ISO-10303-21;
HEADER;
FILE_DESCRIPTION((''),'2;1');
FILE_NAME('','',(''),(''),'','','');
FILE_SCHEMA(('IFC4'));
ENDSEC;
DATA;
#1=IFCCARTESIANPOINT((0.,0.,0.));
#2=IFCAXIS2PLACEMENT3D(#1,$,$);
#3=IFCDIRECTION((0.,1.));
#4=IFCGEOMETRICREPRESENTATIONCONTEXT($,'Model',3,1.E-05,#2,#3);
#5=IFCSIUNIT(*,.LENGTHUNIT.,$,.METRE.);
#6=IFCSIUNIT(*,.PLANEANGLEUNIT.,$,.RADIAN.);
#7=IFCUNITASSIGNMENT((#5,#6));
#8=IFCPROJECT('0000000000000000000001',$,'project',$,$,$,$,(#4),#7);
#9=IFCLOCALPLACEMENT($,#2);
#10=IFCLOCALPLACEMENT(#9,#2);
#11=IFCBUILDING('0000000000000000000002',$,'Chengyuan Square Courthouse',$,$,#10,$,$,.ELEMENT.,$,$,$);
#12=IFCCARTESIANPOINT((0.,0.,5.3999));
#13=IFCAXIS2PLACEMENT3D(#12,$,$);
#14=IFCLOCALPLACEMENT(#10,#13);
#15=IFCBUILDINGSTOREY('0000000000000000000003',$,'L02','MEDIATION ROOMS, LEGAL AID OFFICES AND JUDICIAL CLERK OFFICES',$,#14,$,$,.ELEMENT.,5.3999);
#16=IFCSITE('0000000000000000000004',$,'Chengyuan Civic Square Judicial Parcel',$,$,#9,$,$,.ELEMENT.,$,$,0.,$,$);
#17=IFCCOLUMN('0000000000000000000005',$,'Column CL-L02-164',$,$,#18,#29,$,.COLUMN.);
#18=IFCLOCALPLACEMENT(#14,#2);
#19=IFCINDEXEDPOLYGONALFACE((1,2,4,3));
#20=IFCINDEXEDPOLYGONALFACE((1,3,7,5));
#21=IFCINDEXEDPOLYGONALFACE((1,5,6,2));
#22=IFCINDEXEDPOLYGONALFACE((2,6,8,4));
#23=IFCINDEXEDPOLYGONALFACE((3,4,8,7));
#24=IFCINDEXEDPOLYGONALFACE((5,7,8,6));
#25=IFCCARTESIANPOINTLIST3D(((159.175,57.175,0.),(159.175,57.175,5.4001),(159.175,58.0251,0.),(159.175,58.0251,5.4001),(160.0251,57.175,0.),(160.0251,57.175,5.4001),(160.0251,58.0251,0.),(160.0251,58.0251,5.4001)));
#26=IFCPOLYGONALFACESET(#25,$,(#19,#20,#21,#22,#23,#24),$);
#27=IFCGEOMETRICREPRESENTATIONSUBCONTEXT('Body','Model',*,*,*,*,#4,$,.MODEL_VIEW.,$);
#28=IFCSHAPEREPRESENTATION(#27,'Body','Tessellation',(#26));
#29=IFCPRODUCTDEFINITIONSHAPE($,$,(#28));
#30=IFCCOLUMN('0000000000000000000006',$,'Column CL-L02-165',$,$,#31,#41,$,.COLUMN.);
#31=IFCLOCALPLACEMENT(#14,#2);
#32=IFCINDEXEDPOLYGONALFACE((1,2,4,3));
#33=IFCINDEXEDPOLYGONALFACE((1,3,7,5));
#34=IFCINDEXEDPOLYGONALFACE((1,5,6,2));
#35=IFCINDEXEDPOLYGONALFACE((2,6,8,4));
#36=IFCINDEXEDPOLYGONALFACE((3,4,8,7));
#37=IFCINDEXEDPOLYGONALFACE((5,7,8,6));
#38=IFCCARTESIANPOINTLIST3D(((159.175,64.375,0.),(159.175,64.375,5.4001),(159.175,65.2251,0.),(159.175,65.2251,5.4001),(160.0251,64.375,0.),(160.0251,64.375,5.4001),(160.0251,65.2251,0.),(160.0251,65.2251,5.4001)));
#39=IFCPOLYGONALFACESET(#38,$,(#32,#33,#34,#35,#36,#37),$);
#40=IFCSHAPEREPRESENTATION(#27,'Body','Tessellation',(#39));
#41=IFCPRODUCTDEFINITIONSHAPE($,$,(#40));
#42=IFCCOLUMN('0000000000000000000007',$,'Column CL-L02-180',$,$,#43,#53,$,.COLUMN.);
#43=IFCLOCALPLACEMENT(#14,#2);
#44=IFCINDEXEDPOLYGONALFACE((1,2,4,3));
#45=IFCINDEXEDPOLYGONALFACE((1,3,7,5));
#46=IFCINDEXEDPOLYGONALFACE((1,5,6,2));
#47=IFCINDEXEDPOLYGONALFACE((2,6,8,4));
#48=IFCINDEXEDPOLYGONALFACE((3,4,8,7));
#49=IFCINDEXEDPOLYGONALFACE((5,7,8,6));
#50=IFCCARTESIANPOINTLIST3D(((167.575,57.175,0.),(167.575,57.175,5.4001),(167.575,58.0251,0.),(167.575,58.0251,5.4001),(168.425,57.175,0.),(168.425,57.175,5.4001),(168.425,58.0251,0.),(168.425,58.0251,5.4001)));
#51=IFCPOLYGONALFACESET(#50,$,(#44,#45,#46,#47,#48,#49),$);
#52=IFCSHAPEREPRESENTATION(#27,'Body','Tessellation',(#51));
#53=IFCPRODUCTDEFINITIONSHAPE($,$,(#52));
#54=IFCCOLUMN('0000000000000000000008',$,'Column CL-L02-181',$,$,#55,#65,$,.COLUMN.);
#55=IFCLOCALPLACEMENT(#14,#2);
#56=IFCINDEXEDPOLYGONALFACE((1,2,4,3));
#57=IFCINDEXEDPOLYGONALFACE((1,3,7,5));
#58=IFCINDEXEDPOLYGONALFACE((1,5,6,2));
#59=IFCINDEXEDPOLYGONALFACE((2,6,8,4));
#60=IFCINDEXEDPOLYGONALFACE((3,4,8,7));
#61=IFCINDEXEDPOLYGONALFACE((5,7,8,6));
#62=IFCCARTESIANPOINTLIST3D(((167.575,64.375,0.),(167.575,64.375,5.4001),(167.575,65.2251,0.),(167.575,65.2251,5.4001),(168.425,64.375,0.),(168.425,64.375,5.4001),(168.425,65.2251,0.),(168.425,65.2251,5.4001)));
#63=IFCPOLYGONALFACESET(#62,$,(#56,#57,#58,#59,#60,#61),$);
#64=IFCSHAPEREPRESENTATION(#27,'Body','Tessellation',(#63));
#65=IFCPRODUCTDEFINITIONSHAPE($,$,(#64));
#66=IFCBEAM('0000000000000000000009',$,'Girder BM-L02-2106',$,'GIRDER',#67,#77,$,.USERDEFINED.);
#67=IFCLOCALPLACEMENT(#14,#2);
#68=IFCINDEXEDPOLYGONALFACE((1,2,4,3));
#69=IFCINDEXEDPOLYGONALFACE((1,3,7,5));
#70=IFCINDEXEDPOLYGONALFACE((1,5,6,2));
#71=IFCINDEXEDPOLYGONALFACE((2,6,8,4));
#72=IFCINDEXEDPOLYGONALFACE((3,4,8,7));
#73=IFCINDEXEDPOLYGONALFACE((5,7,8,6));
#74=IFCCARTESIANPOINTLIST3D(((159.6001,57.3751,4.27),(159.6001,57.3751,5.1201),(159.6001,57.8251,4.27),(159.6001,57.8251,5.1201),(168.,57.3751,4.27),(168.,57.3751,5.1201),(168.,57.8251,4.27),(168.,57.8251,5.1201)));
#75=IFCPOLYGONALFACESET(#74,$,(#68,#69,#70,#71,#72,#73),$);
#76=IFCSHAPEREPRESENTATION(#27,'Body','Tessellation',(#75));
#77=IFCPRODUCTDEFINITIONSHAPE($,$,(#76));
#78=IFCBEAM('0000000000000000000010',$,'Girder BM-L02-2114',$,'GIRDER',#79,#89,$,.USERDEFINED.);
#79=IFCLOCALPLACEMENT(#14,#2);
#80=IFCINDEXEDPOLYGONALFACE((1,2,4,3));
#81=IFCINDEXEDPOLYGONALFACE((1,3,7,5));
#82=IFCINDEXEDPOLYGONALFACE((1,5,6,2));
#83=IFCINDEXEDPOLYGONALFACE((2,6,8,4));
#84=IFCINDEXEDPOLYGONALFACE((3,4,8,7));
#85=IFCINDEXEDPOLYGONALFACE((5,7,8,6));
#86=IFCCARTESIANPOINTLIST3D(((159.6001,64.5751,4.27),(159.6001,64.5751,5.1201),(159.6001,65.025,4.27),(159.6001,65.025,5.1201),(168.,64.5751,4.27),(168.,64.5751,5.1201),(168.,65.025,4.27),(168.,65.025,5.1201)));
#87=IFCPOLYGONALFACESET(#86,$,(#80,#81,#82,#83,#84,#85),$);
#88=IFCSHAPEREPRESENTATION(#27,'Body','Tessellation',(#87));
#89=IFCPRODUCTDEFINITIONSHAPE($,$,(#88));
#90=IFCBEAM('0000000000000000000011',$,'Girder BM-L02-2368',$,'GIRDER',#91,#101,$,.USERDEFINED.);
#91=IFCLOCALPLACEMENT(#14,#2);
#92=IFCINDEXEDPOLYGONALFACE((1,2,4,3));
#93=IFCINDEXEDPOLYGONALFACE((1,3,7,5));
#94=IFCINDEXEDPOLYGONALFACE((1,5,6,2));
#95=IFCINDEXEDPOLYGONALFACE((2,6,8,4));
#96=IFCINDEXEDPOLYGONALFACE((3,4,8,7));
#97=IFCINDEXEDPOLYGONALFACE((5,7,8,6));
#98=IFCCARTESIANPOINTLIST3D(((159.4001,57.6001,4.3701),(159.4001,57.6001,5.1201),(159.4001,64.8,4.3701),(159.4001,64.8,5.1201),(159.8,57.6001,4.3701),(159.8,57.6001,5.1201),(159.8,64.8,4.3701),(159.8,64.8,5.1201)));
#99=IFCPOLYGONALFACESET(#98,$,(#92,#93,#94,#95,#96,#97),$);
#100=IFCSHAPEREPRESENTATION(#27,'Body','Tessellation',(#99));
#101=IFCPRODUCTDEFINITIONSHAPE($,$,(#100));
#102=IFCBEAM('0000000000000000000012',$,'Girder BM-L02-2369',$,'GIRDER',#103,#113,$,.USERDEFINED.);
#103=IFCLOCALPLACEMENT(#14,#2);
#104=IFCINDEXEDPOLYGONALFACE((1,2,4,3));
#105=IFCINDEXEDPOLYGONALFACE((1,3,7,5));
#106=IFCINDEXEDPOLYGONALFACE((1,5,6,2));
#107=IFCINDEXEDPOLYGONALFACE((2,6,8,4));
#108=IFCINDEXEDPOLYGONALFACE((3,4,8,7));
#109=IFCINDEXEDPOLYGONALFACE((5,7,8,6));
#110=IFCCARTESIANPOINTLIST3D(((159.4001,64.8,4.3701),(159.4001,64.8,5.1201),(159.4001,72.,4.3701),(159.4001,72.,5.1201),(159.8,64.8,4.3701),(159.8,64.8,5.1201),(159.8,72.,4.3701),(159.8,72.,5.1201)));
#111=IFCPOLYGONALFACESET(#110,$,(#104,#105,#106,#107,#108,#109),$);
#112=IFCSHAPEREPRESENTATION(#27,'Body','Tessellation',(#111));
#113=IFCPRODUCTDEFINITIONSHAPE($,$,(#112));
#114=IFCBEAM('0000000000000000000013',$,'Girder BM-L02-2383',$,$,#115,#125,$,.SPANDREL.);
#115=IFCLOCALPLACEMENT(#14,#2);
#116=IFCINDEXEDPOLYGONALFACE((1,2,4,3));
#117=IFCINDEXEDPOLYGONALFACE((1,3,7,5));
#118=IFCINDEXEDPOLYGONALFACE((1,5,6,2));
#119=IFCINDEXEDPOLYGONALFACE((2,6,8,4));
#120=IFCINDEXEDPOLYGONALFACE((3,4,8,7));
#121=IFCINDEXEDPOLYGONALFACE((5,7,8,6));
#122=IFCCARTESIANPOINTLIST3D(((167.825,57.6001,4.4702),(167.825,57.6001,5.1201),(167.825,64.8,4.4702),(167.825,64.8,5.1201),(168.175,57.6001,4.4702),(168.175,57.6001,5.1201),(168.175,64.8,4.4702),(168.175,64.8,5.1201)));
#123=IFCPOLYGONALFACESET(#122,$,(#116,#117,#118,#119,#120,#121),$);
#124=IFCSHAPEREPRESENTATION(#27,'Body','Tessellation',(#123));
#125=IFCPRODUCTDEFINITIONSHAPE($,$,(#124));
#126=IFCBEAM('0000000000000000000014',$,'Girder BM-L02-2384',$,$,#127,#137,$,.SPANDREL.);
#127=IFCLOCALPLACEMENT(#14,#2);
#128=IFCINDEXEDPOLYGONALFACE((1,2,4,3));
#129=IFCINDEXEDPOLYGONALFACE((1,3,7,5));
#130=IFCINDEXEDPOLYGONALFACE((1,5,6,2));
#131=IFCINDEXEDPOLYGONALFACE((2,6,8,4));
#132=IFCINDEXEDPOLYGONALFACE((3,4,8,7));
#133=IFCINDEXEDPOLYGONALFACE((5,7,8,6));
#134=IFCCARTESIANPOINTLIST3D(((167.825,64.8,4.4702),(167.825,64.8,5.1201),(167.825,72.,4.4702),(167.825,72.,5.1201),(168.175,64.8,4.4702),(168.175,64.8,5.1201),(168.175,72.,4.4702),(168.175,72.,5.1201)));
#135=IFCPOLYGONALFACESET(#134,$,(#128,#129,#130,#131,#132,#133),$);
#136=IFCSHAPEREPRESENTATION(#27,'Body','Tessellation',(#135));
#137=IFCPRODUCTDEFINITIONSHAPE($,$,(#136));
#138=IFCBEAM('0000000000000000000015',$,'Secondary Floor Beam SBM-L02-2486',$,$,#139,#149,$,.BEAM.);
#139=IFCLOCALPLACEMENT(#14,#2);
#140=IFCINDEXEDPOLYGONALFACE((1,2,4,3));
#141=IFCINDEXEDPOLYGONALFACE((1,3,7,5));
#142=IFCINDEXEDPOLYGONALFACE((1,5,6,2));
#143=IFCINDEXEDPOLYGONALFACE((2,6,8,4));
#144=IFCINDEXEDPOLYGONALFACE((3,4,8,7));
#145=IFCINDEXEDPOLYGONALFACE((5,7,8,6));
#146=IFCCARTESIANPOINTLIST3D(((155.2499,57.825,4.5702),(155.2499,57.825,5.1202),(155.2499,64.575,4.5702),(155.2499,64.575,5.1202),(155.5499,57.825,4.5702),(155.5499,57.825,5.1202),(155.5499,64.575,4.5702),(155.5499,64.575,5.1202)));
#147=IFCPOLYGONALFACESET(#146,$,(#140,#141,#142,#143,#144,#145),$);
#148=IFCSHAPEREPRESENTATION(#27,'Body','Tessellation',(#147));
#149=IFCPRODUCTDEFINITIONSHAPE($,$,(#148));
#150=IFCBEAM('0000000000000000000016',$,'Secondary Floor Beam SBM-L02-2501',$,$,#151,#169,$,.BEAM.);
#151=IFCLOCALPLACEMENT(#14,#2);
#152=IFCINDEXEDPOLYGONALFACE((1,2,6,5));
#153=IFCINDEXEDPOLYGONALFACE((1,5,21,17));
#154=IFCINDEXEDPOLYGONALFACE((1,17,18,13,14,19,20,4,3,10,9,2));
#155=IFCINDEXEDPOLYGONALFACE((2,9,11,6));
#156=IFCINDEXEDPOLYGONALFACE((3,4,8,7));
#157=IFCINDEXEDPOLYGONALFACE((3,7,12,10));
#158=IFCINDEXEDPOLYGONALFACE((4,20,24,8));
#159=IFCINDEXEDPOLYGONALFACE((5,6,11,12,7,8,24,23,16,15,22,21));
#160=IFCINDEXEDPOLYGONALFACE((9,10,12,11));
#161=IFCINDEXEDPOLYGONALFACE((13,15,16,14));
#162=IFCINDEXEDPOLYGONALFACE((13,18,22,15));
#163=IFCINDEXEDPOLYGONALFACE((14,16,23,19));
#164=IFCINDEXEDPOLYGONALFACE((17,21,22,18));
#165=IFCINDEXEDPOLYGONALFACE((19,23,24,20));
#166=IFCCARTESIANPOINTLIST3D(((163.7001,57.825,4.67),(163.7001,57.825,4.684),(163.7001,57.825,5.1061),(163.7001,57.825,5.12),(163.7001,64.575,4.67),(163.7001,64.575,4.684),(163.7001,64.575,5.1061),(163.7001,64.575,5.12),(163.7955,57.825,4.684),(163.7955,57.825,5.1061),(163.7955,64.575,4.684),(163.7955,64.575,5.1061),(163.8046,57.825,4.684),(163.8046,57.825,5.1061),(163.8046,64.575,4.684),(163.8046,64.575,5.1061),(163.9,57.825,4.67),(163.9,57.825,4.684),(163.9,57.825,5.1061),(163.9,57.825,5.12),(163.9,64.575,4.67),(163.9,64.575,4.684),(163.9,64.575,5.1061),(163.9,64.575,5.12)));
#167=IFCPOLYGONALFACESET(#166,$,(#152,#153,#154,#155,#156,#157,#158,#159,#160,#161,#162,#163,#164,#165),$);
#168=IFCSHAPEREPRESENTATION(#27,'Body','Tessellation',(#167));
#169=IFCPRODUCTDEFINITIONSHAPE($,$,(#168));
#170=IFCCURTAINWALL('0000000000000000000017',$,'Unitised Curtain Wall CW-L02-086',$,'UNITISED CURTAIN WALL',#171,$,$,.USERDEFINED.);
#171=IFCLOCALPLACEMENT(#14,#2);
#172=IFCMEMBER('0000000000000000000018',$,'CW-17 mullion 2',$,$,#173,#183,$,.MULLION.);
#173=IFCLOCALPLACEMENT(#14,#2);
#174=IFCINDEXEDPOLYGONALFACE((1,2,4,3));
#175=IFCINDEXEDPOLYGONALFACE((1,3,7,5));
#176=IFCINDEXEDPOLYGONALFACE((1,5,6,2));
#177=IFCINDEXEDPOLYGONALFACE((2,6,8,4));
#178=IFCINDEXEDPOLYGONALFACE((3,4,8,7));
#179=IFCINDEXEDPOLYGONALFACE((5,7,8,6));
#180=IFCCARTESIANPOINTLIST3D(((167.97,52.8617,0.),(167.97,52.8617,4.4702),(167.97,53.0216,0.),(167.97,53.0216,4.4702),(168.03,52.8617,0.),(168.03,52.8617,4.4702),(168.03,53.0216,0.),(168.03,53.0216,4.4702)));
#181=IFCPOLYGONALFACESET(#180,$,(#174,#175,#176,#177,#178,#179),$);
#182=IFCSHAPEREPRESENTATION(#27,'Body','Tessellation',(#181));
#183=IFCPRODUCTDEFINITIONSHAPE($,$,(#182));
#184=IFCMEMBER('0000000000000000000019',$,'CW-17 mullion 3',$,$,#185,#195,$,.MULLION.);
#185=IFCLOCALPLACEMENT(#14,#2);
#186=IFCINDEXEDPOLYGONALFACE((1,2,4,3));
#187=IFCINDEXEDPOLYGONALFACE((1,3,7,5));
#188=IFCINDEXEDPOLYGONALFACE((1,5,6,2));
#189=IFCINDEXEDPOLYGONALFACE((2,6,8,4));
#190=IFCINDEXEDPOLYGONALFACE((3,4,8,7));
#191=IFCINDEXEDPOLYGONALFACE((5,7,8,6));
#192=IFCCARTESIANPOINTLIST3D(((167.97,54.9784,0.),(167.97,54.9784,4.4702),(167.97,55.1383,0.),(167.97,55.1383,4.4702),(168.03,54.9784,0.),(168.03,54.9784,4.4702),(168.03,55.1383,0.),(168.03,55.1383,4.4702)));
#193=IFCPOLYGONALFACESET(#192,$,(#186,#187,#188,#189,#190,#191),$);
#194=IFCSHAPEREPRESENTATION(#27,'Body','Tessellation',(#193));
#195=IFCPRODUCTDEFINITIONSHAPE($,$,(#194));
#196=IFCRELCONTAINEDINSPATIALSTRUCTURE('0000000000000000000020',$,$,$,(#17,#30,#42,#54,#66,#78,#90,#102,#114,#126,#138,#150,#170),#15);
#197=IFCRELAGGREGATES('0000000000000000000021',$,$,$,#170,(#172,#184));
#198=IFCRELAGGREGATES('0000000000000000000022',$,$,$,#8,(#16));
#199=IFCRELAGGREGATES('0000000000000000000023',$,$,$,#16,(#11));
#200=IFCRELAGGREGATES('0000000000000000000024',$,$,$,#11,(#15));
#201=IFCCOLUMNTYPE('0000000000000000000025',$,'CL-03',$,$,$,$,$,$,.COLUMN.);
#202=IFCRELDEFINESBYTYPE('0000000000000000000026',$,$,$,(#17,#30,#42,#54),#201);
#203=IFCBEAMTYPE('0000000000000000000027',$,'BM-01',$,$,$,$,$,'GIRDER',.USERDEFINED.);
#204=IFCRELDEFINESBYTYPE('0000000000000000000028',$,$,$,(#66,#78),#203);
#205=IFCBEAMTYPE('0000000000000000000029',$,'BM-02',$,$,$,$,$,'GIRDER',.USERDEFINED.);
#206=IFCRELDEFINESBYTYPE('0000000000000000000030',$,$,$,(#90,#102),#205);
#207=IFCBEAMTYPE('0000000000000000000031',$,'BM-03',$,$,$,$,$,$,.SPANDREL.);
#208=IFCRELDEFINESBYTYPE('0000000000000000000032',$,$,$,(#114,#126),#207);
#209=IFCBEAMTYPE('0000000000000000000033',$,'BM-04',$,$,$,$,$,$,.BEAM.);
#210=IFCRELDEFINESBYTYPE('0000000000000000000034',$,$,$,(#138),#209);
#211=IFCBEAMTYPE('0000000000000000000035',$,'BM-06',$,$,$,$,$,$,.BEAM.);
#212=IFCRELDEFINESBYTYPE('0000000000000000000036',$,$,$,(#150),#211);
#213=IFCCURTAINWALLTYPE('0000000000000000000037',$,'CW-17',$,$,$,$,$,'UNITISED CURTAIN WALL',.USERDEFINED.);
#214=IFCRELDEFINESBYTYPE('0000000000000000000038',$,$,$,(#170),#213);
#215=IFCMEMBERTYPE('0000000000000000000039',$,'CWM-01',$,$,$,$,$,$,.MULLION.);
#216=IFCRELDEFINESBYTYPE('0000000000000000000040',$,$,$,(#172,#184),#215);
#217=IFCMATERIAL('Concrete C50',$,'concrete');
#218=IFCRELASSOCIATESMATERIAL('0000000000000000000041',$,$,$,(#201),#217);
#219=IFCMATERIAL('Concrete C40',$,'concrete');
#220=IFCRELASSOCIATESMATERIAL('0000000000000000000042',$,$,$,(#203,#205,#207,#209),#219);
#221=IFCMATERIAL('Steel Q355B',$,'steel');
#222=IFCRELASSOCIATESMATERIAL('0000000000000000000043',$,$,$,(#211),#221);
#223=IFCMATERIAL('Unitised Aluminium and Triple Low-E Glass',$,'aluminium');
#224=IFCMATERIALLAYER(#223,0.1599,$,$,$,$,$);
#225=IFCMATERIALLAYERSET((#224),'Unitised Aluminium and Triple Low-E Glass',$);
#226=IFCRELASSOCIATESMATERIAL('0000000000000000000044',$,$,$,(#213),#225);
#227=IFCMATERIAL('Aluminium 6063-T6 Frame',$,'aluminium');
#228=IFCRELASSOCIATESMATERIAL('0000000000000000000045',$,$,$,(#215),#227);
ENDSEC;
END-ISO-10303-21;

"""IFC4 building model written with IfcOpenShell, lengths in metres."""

from ifc_helpers import new_model, si_unit, direction, frame, origin, origin_2d, place, context, subcontext, project, spatial, rectangle, i_section, extrude, material, layer, layer_set, material_profile, profile_set, type_object, element, aggregate, save


model = new_model("IFC4")

# Units and contexts
model_context = context("Model", 3, precision=1e-05, world=origin(), true_north=direction((0.0, 1.0)))
body_context = subcontext(model_context, "Body", "Model", "MODEL_VIEW")
ifc_project = project(units=[si_unit("LENGTHUNIT", "METRE"), si_unit("PLANEANGLEUNIT", "RADIAN")], contexts=[model_context])

# Site, building, storey
site_placement = place(None, origin())
site = spatial("IfcSite", under=ifc_project, at=site_placement, Name="Chengyuan Civic Square Judicial Parcel", CompositionType="ELEMENT", RefElevation=0.0)
building_placement = place(site_placement, origin())
building = spatial("IfcBuilding", under=site, at=building_placement, Name="Chengyuan Square Courthouse", CompositionType="ELEMENT")
storey_placement = place(building_placement, frame((0.0, 0.0, 5.3999)))
storey = spatial("IfcBuildingStorey", under=building, at=storey_placement, Name="L02", Description="MEDIATION ROOMS, LEGAL AID OFFICES AND JUDICIAL CLERK OFFICES", CompositionType="ELEMENT", Elevation=5.3999)

# Columns
ifc_material_1 = material(Name="Concrete C50", Category="concrete")
ifc_material_profile_1 = material_profile(ifc_material_1, rectangle(XDim=0.8501, YDim=0.8501, at=origin_2d()), Name="RC-COL-850x850")
ifc_profile_set_1 = profile_set([ifc_material_profile_1], Name="Concrete C50")
column_type = type_object("IfcColumnType", Name="CL-03", PredefinedType="COLUMN", material=ifc_profile_set_1)
for number, where, z_axis, x_axis, name in (
    (1, (159.6001, 57.6001, 0.0), (0.0, 0.0, 1.0), (1.0, 0.0, 0.0), "Column CL-L02-164"),
    (2, (159.6001, 64.8, 0.0), (0.0, 0.0, 1.0), (1.0, 0.0, 0.0), "Column CL-L02-165"),
    (3, (168.0, 57.6001, 0.0), (0.0, 0.0, 1.0), (1.0, 0.0, 0.0), "Column CL-L02-180"),
    (4, (168.0, 64.8, 0.0), (0.0, 0.0, 1.0), (1.0, 0.0, 0.0), "Column CL-L02-181"),
):
    element("IfcColumn", number, at=place(storey_placement, frame(where, z_axis=z_axis, x_axis=x_axis)), inside=storey, type_object=column_type, Name=name, PredefinedType="COLUMN", context=body_context, shape_type="SweptSolid", body=[
        extrude(rectangle(XDim=0.8501, YDim=0.8501, at=origin_2d()), origin(), (0.0, 0.0, 1.0), 5.4001),
    ])

# Beams
ifc_material_2 = material(Name="Concrete C40", Category="concrete")
ifc_material_profile_2 = material_profile(ifc_material_2, rectangle(XDim=0.45, YDim=0.8501, at=origin_2d()), Name="RC-BM-450x850")
ifc_profile_set_2 = profile_set([ifc_material_profile_2], Name="Concrete C40")
beam_type_1 = type_object("IfcBeamType", Name="BM-01", ElementType="GIRDER", PredefinedType="USERDEFINED", material=ifc_profile_set_2)
for number, where, z_axis, x_axis, name in (
    (5, (159.6001, 57.6001, 4.6951), (1.0, 0.0, 0.0), (0.0, 1.0, 0.0), "Girder BM-L02-2106"),
    (6, (159.6001, 64.8, 4.6951), (1.0, 0.0, 0.0), (0.0, 1.0, 0.0), "Girder BM-L02-2114"),
):
    element("IfcBeam", number, at=place(storey_placement, frame(where, z_axis=z_axis, x_axis=x_axis)), inside=storey, type_object=beam_type_1, Name=name, ObjectType="GIRDER", PredefinedType="USERDEFINED", context=body_context, shape_type="SweptSolid", body=[
        extrude(rectangle(XDim=0.45, YDim=0.8501, at=origin_2d()), origin(), (0.0, 0.0, 1.0), 8.3999),
    ])
ifc_material_profile_3 = material_profile(ifc_material_2, rectangle(XDim=0.3999, YDim=0.75, at=origin_2d()), Name="RC-BM-400x750")
ifc_profile_set_3 = profile_set([ifc_material_profile_3], Name="Concrete C40")
beam_type_2 = type_object("IfcBeamType", Name="BM-02", ElementType="GIRDER", PredefinedType="USERDEFINED", material=ifc_profile_set_3)
for number, where, z_axis, x_axis, name in (
    (7, (159.6001, 57.6001, 4.7451), (0.0, 1.0, 0.0), (-1.0, 0.0, 0.0), "Girder BM-L02-2368"),
    (8, (159.6001, 64.8, 4.7451), (0.0, 1.0, 0.0), (-1.0, 0.0, 0.0), "Girder BM-L02-2369"),
):
    element("IfcBeam", number, at=place(storey_placement, frame(where, z_axis=z_axis, x_axis=x_axis)), inside=storey, type_object=beam_type_2, Name=name, ObjectType="GIRDER", PredefinedType="USERDEFINED", context=body_context, shape_type="SweptSolid", body=[
        extrude(rectangle(XDim=0.3999, YDim=0.75, at=origin_2d()), origin(), (0.0, 0.0, 1.0), 7.2),
    ])
ifc_material_profile_4 = material_profile(ifc_material_2, rectangle(XDim=0.3501, YDim=0.6499, at=origin_2d()), Name="RC-BM-350x650")
ifc_profile_set_4 = profile_set([ifc_material_profile_4], Name="Concrete C40")
beam_type_3 = type_object("IfcBeamType", Name="BM-03", PredefinedType="SPANDREL", material=ifc_profile_set_4)
for number, where, z_axis, x_axis, name in (
    (9, (168.0, 57.6001, 4.7952), (0.0, 1.0, 0.0), (-1.0, 0.0, 0.0), "Girder BM-L02-2383"),
    (10, (168.0, 64.8, 4.7952), (0.0, 1.0, 0.0), (-1.0, 0.0, 0.0), "Girder BM-L02-2384"),
):
    element("IfcBeam", number, at=place(storey_placement, frame(where, z_axis=z_axis, x_axis=x_axis)), inside=storey, type_object=beam_type_3, Name=name, PredefinedType="SPANDREL", context=body_context, shape_type="SweptSolid", body=[
        extrude(rectangle(XDim=0.3501, YDim=0.6499, at=origin_2d()), origin(), (0.0, 0.0, 1.0), 7.2),
    ])
ifc_material_profile_5 = material_profile(ifc_material_2, rectangle(XDim=0.3, YDim=0.55, at=origin_2d()), Name="RC-BM-300x550")
ifc_profile_set_5 = profile_set([ifc_material_profile_5], Name="Concrete C40")
beam_type_4 = type_object("IfcBeamType", Name="BM-04", PredefinedType="BEAM", material=ifc_profile_set_5)
beam_1_placement = place(storey_placement, frame((155.3999, 57.825, 4.8452), z_axis=(0.0, 1.0, 0.0), x_axis=(-1.0, 0.0, 0.0)))
element("IfcBeam", 11, at=beam_1_placement, inside=storey, type_object=beam_type_4, Name="Secondary Floor Beam SBM-L02-2486", PredefinedType="BEAM", context=body_context, shape_type="SweptSolid", body=[
    extrude(rectangle(XDim=0.3, YDim=0.55, at=origin_2d()), origin(), (0.0, 0.0, 1.0), 6.75),
])
ifc_material_3 = material(Name="Steel Q355B", Category="steel")
ifc_material_profile_6 = material_profile(ifc_material_3, i_section(OverallWidth=0.2, OverallDepth=0.45, WebThickness=0.009, FlangeThickness=0.0139, at=origin_2d()), Name="HN 450x200x9x14")
ifc_profile_set_6 = profile_set([ifc_material_profile_6], Name="Steel Q355B")
beam_type_5 = type_object("IfcBeamType", Name="BM-06", PredefinedType="BEAM", material=ifc_profile_set_6)
beam_2_placement = place(storey_placement, frame((163.8, 57.825, 4.895), z_axis=(0.0, 1.0, 0.0), x_axis=(-1.0, 0.0, 0.0)))
element("IfcBeam", 12, at=beam_2_placement, inside=storey, type_object=beam_type_5, Name="Secondary Floor Beam SBM-L02-2501", PredefinedType="BEAM", context=body_context, shape_type="SweptSolid", body=[
    extrude(i_section(OverallWidth=0.2, OverallDepth=0.45, WebThickness=0.009, FlangeThickness=0.0139, at=origin_2d()), origin(), (0.0, 0.0, 1.0), 6.75),
])

# Curtain wall, members
ifc_material_4 = material(Name="Unitised Aluminium and Triple Low-E Glass", Category="aluminium")
ifc_layer_1 = layer(ifc_material_4, 0.1599)
ifc_layer_set_1 = layer_set([ifc_layer_1], Name="Unitised Aluminium and Triple Low-E Glass")
curtain_wall_type = type_object("IfcCurtainWallType", Name="CW-17", ElementType="UNITISED CURTAIN WALL", PredefinedType="USERDEFINED", material=ifc_layer_set_1)
curtain_wall_placement = place(storey_placement, origin())
curtain_wall = element("IfcCurtainWall", 13, at=curtain_wall_placement, inside=storey, type_object=curtain_wall_type, Name="Unitised Curtain Wall CW-L02-086", ObjectType="UNITISED CURTAIN WALL", PredefinedType="USERDEFINED")
ifc_material_5 = material(Name="Aluminium 6063-T6 Frame", Category="aluminium")
ifc_material_profile_7 = material_profile(ifc_material_5, rectangle(XDim=0.0601, YDim=0.1599, at=origin_2d()), Name="CW-MUL-60x160")
ifc_profile_set_7 = profile_set([ifc_material_profile_7], Name="Aluminium 6063-T6 Frame")
member_type_1 = type_object("IfcMemberType", Name="CWM-01", PredefinedType="MULLION", material=ifc_profile_set_7)
member_1_placement = place(storey_placement, frame((168.0, 52.9417, 0.0), z_axis=(0.0, 0.0, 1.0), x_axis=(-1.0, 0.0, 0.0)))
member_1 = element("IfcMember", 14, at=member_1_placement, type_object=member_type_1, Name="CW-17 mullion 2", PredefinedType="MULLION", context=body_context, shape_type="SweptSolid", body=[
    extrude(rectangle(XDim=0.0601, YDim=0.1599, at=origin_2d()), origin(), (0.0, 0.0, 1.0), 4.4702),
])
member_2_placement = place(storey_placement, frame((168.0, 55.0583, 0.0), z_axis=(0.0, 0.0, 1.0), x_axis=(-1.0, 0.0, 0.0)))
member_2 = element("IfcMember", 15, at=member_2_placement, type_object=member_type_1, Name="CW-17 mullion 3", PredefinedType="MULLION", context=body_context, shape_type="SweptSolid", body=[
    extrude(rectangle(XDim=0.0601, YDim=0.1599, at=origin_2d()), origin(), (0.0, 0.0, 1.0), 4.4702),
])
aggregate(curtain_wall, [member_1, member_2])

save(model, "model.ifc")
